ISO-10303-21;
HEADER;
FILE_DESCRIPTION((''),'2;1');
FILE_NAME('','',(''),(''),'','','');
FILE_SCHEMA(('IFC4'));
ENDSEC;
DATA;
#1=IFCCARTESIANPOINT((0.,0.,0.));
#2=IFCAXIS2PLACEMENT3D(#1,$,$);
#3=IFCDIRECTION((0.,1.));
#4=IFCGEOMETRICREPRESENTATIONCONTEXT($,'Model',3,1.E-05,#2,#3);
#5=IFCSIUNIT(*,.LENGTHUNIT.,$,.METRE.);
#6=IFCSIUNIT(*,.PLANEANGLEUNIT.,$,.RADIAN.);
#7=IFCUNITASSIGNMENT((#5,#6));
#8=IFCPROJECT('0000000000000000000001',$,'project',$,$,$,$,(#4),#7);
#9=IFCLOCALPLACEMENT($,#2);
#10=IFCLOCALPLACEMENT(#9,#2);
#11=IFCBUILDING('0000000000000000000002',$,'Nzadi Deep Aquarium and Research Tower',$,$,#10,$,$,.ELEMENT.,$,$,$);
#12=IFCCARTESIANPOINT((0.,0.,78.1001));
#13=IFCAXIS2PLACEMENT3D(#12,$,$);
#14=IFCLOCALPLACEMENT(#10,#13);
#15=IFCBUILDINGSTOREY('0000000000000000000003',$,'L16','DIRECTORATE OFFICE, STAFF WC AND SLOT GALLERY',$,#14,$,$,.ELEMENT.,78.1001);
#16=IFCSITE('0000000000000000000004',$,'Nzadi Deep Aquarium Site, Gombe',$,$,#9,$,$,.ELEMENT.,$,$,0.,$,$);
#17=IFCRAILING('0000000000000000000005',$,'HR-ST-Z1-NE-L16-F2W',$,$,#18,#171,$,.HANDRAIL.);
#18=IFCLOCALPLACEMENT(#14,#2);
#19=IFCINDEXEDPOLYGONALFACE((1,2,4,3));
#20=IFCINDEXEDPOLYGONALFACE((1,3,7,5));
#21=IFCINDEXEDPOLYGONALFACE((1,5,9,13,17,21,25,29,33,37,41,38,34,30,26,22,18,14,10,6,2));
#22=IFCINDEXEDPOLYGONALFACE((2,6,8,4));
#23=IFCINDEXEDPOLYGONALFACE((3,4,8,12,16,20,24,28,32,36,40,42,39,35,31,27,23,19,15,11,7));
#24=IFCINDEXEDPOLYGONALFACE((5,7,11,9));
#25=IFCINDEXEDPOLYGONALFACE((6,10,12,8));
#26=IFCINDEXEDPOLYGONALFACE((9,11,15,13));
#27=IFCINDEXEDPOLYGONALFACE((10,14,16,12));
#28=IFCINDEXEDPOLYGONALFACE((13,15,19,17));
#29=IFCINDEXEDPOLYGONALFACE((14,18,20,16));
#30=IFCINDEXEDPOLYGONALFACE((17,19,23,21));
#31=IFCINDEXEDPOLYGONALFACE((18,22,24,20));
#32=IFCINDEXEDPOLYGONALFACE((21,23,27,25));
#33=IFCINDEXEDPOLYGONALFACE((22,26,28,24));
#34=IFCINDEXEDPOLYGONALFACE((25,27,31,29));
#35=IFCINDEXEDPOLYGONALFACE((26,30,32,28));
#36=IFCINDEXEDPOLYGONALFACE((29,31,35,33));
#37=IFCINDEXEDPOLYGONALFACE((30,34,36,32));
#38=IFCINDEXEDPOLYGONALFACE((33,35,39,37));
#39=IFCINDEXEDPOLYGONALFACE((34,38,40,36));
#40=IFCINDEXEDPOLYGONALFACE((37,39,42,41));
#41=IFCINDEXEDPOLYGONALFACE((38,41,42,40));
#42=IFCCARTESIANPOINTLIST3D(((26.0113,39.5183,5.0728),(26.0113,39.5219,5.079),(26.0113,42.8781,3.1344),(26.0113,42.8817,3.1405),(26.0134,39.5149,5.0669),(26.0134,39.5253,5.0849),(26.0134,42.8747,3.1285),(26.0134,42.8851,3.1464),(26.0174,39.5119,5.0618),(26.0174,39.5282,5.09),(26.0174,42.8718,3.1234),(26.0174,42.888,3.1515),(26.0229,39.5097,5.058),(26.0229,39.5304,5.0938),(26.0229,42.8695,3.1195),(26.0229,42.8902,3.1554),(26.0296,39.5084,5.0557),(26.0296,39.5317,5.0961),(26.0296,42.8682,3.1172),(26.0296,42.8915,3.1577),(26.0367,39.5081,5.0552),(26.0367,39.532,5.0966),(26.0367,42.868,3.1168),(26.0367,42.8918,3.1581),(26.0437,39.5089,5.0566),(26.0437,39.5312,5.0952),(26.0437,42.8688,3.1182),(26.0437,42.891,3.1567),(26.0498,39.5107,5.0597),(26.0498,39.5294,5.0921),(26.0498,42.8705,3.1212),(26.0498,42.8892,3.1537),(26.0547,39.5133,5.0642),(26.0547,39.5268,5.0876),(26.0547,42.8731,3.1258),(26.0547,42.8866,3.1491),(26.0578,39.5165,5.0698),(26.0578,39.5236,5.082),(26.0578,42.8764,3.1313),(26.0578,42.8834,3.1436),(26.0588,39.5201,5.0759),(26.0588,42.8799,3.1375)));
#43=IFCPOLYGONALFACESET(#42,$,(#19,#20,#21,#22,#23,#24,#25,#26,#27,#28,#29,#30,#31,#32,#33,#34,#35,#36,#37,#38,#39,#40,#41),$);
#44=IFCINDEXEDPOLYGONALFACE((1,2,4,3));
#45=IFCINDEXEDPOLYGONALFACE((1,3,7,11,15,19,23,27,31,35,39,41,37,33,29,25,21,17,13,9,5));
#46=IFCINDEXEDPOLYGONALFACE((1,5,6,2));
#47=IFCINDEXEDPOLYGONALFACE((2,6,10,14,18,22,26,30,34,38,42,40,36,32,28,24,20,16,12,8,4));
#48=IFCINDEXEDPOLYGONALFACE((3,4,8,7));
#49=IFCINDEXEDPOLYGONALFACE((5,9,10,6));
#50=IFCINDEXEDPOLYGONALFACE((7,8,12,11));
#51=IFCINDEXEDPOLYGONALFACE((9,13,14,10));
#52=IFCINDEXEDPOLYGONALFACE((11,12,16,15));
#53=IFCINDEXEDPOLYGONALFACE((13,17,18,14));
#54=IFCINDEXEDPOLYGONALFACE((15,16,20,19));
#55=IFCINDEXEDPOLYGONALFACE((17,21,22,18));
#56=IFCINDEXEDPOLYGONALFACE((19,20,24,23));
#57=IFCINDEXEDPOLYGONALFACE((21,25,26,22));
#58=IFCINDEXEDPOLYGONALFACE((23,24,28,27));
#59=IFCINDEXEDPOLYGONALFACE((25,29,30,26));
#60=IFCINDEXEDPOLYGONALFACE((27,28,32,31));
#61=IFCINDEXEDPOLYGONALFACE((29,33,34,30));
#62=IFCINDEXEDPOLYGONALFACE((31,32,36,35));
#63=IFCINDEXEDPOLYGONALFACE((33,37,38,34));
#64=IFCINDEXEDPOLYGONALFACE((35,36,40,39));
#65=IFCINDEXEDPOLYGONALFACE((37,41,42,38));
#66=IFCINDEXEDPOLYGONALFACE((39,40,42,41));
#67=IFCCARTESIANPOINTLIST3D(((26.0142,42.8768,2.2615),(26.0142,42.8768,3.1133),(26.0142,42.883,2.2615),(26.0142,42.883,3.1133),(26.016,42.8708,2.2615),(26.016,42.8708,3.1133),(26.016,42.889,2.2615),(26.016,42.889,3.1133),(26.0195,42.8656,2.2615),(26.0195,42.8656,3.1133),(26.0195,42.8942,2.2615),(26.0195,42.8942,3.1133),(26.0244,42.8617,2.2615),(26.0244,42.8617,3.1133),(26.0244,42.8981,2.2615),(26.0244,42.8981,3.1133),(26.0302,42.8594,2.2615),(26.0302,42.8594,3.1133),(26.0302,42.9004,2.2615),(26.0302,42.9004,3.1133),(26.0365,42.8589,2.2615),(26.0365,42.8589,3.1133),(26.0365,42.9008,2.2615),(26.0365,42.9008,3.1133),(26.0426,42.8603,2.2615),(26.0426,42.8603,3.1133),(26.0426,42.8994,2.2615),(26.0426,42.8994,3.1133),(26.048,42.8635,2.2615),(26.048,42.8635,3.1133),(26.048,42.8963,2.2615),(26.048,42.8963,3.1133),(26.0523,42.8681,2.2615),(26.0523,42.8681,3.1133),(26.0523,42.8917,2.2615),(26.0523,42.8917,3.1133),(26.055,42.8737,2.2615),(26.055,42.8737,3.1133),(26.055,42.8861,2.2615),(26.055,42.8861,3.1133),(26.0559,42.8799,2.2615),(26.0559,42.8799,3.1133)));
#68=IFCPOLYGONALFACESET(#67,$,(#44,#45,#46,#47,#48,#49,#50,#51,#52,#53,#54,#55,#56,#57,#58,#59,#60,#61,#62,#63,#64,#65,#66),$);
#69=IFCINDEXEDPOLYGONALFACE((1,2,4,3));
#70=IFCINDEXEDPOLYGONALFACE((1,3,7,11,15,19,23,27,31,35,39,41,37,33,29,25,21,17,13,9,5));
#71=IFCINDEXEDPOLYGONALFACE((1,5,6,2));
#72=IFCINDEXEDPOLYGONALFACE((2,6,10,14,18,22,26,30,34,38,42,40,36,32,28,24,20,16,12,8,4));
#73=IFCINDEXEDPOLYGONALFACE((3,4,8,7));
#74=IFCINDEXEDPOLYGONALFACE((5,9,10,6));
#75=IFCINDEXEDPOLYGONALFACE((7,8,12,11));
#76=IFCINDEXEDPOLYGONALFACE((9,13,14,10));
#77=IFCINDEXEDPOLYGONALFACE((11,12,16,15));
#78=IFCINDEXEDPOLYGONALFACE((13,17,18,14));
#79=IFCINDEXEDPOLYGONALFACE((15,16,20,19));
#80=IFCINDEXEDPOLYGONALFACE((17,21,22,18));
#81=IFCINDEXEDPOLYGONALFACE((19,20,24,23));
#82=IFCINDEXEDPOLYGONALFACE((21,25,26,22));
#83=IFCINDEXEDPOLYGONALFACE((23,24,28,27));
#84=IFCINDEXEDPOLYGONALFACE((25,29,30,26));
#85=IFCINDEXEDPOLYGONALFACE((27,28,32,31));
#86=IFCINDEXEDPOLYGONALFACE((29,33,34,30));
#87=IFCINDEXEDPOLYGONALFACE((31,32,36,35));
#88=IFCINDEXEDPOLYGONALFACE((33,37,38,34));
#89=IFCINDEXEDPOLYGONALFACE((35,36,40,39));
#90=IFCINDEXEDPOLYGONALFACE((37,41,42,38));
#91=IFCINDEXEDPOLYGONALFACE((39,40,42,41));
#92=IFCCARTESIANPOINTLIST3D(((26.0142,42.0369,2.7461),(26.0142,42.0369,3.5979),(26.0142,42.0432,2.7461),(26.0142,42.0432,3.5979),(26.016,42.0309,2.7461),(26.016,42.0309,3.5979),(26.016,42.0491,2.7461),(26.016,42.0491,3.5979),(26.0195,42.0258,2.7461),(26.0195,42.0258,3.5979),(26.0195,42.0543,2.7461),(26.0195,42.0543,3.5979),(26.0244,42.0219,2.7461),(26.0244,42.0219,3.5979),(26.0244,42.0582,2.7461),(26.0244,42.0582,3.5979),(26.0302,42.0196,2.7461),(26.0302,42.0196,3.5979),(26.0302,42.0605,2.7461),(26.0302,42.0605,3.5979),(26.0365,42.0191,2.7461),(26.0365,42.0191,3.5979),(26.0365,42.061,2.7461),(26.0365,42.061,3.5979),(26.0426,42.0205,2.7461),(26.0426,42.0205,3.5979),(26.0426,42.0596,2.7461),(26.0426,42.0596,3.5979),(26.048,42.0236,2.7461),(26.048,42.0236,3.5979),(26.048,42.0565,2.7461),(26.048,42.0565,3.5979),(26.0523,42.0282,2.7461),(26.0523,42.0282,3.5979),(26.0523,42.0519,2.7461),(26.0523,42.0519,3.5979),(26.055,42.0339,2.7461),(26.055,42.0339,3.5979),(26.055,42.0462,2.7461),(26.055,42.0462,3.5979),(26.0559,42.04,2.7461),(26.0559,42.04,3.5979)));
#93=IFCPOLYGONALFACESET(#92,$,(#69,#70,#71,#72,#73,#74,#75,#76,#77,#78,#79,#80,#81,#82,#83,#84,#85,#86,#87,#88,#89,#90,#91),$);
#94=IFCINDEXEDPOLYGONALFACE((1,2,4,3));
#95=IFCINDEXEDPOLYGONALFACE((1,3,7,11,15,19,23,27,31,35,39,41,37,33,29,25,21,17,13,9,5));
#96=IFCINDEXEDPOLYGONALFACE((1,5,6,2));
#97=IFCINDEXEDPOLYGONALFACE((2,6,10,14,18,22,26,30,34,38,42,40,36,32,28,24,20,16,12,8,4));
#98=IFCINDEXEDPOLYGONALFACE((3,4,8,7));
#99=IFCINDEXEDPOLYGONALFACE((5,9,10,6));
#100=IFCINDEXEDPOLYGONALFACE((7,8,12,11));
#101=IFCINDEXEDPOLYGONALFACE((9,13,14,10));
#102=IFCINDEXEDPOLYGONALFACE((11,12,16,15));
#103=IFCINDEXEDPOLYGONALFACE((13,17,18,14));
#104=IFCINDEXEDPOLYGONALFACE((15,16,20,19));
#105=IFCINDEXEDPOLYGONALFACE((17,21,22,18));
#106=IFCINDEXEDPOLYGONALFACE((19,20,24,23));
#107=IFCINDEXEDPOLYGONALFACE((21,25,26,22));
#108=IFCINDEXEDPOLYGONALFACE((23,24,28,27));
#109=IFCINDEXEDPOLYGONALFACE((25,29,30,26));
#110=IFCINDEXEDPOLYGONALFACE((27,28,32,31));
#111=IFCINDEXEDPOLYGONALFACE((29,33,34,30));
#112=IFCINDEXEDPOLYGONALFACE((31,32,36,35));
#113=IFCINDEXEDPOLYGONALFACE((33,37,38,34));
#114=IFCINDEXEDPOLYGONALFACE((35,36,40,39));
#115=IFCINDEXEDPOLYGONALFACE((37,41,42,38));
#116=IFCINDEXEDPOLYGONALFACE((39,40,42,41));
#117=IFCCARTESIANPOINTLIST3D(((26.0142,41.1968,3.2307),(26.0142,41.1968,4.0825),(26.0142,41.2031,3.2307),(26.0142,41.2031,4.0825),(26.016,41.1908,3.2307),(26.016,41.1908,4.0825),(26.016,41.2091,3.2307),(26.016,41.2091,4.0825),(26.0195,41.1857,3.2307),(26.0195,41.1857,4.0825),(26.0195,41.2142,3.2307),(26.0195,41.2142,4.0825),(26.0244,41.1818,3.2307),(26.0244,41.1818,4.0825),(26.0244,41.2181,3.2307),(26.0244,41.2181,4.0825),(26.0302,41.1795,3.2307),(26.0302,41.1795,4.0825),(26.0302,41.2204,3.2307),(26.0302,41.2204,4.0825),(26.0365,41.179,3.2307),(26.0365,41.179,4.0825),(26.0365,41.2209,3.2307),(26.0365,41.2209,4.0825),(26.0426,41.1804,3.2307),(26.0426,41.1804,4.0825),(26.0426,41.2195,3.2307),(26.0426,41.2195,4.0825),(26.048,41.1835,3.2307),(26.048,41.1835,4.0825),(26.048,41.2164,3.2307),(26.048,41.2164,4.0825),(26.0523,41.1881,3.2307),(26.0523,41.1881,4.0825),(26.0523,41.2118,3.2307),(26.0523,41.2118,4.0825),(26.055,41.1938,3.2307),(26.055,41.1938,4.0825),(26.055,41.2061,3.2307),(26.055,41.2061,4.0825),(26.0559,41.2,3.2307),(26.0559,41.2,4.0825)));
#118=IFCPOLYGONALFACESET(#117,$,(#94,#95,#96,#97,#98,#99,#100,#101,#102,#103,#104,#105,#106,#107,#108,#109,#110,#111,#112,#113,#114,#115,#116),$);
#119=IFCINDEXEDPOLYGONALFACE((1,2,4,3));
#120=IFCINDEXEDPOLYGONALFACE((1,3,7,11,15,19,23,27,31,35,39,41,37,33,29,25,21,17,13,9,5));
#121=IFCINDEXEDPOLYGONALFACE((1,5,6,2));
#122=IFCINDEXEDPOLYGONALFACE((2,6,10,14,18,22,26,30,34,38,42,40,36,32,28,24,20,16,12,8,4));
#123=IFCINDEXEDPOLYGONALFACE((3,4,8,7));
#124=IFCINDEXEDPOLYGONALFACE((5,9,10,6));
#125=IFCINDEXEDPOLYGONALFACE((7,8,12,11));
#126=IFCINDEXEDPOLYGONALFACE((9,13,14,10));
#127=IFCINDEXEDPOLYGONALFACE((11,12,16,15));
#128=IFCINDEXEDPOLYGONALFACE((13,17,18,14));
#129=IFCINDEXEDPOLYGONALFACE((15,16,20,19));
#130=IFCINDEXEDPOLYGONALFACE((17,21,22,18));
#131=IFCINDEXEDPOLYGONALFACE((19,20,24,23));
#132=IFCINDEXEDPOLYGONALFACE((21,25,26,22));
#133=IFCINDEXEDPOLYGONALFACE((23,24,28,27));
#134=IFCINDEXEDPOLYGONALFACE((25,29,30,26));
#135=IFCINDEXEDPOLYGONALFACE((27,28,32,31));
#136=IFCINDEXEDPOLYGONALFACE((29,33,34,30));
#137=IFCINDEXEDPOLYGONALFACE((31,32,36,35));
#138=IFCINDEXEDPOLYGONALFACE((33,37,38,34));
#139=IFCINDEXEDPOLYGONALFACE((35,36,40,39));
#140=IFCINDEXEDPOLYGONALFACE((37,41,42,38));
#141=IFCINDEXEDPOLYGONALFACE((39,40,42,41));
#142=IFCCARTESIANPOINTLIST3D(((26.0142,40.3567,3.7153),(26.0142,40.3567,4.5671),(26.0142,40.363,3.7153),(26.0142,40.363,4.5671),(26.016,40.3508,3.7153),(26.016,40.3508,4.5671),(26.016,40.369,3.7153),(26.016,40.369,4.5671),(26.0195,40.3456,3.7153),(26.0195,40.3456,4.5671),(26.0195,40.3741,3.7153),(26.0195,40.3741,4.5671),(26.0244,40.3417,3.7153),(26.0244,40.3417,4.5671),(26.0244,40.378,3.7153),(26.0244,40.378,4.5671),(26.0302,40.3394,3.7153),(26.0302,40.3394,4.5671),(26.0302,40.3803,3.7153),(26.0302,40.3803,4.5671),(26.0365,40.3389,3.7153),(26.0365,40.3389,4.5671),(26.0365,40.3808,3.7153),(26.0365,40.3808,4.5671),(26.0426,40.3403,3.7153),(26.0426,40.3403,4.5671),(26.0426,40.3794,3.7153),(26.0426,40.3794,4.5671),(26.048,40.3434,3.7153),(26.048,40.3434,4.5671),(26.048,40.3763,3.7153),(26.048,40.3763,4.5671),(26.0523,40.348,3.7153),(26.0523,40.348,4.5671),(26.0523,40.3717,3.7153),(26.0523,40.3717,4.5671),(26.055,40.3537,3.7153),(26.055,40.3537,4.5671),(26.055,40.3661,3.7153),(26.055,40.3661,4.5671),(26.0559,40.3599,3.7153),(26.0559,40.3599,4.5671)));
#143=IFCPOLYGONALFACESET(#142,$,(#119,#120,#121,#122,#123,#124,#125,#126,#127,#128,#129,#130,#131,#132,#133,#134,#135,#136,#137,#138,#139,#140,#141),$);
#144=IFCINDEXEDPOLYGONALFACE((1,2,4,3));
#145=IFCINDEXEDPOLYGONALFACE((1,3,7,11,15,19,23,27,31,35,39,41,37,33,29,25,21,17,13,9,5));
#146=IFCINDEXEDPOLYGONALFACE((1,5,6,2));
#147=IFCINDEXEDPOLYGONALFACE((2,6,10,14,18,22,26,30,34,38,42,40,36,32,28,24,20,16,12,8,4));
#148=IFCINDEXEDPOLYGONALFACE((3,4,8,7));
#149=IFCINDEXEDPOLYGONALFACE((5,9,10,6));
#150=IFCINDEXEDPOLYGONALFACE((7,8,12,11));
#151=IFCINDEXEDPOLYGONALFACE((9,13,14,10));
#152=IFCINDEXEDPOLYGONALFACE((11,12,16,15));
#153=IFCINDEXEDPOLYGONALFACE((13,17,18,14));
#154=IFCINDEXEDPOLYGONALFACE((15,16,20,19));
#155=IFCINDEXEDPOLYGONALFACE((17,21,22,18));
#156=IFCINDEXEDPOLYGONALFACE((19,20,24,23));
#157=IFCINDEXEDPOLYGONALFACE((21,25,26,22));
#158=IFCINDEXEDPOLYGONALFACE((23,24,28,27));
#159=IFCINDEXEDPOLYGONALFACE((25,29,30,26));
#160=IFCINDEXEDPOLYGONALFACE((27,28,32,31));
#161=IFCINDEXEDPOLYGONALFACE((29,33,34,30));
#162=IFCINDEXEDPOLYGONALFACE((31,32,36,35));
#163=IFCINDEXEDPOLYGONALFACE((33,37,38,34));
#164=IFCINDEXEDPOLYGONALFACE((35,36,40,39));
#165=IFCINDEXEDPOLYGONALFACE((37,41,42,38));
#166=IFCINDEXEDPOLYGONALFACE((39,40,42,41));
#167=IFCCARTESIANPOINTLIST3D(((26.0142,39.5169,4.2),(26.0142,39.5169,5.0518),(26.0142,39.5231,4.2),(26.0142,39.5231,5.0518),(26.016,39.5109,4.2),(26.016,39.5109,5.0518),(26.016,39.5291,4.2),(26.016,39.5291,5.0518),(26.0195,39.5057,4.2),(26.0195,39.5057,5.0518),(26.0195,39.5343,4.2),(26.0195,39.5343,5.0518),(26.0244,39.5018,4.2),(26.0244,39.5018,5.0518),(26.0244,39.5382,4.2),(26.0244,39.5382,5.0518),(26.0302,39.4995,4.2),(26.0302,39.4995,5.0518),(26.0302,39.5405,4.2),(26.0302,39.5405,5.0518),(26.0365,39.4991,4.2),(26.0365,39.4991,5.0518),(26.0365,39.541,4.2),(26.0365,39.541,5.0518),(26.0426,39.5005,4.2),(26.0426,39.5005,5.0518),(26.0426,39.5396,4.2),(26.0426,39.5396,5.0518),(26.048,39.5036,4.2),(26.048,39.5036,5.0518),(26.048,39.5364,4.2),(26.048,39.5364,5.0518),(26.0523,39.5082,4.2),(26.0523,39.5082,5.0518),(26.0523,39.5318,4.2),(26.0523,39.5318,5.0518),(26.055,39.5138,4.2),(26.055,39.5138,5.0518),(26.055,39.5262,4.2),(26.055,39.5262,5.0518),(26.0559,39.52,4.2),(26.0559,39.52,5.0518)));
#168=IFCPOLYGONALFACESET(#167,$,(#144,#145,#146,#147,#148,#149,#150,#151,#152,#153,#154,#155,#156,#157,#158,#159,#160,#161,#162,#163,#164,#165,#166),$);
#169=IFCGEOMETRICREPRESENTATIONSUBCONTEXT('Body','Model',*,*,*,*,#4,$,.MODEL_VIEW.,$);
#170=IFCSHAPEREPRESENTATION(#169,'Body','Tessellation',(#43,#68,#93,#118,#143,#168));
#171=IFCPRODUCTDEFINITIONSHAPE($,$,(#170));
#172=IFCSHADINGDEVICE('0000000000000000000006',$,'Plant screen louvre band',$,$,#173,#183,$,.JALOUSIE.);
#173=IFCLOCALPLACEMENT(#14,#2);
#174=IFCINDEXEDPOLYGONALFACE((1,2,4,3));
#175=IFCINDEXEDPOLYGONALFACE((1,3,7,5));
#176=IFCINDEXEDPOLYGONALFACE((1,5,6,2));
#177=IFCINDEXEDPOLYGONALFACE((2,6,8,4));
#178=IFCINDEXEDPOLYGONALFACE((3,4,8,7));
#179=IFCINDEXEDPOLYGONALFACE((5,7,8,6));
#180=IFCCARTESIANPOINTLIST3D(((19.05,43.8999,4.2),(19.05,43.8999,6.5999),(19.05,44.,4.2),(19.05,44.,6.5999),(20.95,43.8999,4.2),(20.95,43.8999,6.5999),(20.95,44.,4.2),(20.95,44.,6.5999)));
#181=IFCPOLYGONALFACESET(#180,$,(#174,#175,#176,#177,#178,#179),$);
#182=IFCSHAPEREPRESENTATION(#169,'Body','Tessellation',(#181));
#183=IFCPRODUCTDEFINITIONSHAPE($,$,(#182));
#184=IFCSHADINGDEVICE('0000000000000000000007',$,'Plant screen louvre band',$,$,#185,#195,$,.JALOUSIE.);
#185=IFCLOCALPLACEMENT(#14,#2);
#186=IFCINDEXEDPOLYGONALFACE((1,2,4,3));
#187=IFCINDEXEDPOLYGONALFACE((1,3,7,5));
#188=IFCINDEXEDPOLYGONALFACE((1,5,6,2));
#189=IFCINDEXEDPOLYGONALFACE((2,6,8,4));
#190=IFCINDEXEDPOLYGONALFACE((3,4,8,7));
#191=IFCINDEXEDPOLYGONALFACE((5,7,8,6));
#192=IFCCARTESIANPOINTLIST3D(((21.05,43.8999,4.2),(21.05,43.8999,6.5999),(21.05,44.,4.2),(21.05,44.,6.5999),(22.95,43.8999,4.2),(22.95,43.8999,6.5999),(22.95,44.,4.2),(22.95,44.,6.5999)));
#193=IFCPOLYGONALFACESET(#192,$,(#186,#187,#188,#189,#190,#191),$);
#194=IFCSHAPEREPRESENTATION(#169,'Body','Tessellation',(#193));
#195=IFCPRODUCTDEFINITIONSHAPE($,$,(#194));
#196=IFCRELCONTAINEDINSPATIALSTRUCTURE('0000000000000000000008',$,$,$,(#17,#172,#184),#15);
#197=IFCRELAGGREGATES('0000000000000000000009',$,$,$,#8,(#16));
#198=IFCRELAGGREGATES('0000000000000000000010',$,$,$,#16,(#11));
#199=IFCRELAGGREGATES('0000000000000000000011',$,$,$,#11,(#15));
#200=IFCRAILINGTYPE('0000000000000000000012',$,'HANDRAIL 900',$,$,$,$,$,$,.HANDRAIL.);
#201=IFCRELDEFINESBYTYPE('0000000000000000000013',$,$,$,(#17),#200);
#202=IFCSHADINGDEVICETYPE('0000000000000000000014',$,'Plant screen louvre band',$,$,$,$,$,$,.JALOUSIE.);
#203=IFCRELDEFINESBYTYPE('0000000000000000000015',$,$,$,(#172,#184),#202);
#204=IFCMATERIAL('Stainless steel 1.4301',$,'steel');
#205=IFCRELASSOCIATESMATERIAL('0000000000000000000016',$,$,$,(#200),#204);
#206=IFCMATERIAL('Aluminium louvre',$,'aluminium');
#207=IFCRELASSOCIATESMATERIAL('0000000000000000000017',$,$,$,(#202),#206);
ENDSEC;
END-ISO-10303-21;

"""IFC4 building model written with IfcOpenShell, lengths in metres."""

from ifc_helpers import new_model, si_unit, direction, frame, origin, origin_2d, place, context, subcontext, project, spatial, rectangle, circle, extrude, material, type_object, element, save


model = new_model("IFC4")

# Units and contexts
model_context = context("Model", 3, precision=1e-05, world=origin(), true_north=direction((0.0, 1.0)))
body_context = subcontext(model_context, "Body", "Model", "MODEL_VIEW")
ifc_project = project(units=[si_unit("LENGTHUNIT", "METRE"), si_unit("PLANEANGLEUNIT", "RADIAN")], contexts=[model_context])

# Site, building, storey
site_placement = place(None, origin())
site = spatial("IfcSite", under=ifc_project, at=site_placement, Name="Nzadi Deep Aquarium Site, Gombe", CompositionType="ELEMENT", RefElevation=0.0)
building_placement = place(site_placement, origin())
building = spatial("IfcBuilding", under=site, at=building_placement, Name="Nzadi Deep Aquarium and Research Tower", CompositionType="ELEMENT")
storey_placement = place(building_placement, frame((0.0, 0.0, 78.1001)))
storey = spatial("IfcBuildingStorey", under=building, at=storey_placement, Name="L16", Description="DIRECTORATE OFFICE, STAFF WC AND SLOT GALLERY", CompositionType="ELEMENT", Elevation=78.1001)

# Railing
ifc_material_1 = material(Name="Stainless steel 1.4301", Category="steel")
railing_type = type_object("IfcRailingType", Name="HANDRAIL 900", PredefinedType="HANDRAIL", material=ifc_material_1)
for number, where, name in (
    (1, (26.0349, 42.8799, 2.2615), "HR-ST-Z1-NE-L16-F2W"),
):
    element("IfcRailing", number, at=place(storey_placement, frame(where)), inside=storey, type_object=railing_type, Name=name, PredefinedType="HANDRAIL", context=body_context, shape_type="SweptSolid", body=[
        extrude(circle(Radius=0.0239, at=origin_2d()), frame((0.0, 0.0, 0.876), z_axis=(0.0, -0.866175, 0.499741), x_axis=(1.0, 0.0, 0.0)), (0.0, 0.0, 1.0), 3.8789),
        extrude(circle(Radius=0.021, at=origin_2d()), origin(), (0.0, 0.0, 1.0), 0.8518),
        extrude(circle(Radius=0.021, at=origin_2d()), frame((0.0, -0.8398, 0.4846)), (0.0, 0.0, 1.0), 0.8518),
        extrude(circle(Radius=0.021, at=origin_2d()), frame((0.0, -1.6799, 0.9692)), (0.0, 0.0, 1.0), 0.8518),
        extrude(circle(Radius=0.021, at=origin_2d()), frame((0.0, -2.52, 1.4539)), (0.0, 0.0, 1.0), 0.8518),
        extrude(circle(Radius=0.021, at=origin_2d()), frame((0.0, -3.3599, 1.9385)), (0.0, 0.0, 1.0), 0.8518),
    ])

# Shading devices
ifc_material_2 = material(Name="Aluminium louvre", Category="aluminium")
shading_device_type = type_object("IfcShadingDeviceType", Name="Plant screen louvre band", PredefinedType="JALOUSIE", material=ifc_material_2)
for number, where, z_axis, x_axis, name in (
    (2, (20.0, 43.95, 4.2), (0.0, 0.0, 1.0), (1.0, 0.0, 0.0), "Plant screen louvre band"),
    (3, (22.0, 43.95, 4.2), (0.0, 0.0, 1.0), (1.0, 0.0, 0.0), "Plant screen louvre band"),
):
    element("IfcShadingDevice", number, at=place(storey_placement, frame(where, z_axis=z_axis, x_axis=x_axis)), inside=storey, type_object=shading_device_type, Name=name, PredefinedType="JALOUSIE", context=body_context, shape_type="SweptSolid", body=[
        extrude(rectangle(XDim=1.8999, YDim=0.1001, at=origin_2d()), origin(), (0.0, 0.0, 1.0), 2.3999),
    ])

save(model, "model.ifc")
